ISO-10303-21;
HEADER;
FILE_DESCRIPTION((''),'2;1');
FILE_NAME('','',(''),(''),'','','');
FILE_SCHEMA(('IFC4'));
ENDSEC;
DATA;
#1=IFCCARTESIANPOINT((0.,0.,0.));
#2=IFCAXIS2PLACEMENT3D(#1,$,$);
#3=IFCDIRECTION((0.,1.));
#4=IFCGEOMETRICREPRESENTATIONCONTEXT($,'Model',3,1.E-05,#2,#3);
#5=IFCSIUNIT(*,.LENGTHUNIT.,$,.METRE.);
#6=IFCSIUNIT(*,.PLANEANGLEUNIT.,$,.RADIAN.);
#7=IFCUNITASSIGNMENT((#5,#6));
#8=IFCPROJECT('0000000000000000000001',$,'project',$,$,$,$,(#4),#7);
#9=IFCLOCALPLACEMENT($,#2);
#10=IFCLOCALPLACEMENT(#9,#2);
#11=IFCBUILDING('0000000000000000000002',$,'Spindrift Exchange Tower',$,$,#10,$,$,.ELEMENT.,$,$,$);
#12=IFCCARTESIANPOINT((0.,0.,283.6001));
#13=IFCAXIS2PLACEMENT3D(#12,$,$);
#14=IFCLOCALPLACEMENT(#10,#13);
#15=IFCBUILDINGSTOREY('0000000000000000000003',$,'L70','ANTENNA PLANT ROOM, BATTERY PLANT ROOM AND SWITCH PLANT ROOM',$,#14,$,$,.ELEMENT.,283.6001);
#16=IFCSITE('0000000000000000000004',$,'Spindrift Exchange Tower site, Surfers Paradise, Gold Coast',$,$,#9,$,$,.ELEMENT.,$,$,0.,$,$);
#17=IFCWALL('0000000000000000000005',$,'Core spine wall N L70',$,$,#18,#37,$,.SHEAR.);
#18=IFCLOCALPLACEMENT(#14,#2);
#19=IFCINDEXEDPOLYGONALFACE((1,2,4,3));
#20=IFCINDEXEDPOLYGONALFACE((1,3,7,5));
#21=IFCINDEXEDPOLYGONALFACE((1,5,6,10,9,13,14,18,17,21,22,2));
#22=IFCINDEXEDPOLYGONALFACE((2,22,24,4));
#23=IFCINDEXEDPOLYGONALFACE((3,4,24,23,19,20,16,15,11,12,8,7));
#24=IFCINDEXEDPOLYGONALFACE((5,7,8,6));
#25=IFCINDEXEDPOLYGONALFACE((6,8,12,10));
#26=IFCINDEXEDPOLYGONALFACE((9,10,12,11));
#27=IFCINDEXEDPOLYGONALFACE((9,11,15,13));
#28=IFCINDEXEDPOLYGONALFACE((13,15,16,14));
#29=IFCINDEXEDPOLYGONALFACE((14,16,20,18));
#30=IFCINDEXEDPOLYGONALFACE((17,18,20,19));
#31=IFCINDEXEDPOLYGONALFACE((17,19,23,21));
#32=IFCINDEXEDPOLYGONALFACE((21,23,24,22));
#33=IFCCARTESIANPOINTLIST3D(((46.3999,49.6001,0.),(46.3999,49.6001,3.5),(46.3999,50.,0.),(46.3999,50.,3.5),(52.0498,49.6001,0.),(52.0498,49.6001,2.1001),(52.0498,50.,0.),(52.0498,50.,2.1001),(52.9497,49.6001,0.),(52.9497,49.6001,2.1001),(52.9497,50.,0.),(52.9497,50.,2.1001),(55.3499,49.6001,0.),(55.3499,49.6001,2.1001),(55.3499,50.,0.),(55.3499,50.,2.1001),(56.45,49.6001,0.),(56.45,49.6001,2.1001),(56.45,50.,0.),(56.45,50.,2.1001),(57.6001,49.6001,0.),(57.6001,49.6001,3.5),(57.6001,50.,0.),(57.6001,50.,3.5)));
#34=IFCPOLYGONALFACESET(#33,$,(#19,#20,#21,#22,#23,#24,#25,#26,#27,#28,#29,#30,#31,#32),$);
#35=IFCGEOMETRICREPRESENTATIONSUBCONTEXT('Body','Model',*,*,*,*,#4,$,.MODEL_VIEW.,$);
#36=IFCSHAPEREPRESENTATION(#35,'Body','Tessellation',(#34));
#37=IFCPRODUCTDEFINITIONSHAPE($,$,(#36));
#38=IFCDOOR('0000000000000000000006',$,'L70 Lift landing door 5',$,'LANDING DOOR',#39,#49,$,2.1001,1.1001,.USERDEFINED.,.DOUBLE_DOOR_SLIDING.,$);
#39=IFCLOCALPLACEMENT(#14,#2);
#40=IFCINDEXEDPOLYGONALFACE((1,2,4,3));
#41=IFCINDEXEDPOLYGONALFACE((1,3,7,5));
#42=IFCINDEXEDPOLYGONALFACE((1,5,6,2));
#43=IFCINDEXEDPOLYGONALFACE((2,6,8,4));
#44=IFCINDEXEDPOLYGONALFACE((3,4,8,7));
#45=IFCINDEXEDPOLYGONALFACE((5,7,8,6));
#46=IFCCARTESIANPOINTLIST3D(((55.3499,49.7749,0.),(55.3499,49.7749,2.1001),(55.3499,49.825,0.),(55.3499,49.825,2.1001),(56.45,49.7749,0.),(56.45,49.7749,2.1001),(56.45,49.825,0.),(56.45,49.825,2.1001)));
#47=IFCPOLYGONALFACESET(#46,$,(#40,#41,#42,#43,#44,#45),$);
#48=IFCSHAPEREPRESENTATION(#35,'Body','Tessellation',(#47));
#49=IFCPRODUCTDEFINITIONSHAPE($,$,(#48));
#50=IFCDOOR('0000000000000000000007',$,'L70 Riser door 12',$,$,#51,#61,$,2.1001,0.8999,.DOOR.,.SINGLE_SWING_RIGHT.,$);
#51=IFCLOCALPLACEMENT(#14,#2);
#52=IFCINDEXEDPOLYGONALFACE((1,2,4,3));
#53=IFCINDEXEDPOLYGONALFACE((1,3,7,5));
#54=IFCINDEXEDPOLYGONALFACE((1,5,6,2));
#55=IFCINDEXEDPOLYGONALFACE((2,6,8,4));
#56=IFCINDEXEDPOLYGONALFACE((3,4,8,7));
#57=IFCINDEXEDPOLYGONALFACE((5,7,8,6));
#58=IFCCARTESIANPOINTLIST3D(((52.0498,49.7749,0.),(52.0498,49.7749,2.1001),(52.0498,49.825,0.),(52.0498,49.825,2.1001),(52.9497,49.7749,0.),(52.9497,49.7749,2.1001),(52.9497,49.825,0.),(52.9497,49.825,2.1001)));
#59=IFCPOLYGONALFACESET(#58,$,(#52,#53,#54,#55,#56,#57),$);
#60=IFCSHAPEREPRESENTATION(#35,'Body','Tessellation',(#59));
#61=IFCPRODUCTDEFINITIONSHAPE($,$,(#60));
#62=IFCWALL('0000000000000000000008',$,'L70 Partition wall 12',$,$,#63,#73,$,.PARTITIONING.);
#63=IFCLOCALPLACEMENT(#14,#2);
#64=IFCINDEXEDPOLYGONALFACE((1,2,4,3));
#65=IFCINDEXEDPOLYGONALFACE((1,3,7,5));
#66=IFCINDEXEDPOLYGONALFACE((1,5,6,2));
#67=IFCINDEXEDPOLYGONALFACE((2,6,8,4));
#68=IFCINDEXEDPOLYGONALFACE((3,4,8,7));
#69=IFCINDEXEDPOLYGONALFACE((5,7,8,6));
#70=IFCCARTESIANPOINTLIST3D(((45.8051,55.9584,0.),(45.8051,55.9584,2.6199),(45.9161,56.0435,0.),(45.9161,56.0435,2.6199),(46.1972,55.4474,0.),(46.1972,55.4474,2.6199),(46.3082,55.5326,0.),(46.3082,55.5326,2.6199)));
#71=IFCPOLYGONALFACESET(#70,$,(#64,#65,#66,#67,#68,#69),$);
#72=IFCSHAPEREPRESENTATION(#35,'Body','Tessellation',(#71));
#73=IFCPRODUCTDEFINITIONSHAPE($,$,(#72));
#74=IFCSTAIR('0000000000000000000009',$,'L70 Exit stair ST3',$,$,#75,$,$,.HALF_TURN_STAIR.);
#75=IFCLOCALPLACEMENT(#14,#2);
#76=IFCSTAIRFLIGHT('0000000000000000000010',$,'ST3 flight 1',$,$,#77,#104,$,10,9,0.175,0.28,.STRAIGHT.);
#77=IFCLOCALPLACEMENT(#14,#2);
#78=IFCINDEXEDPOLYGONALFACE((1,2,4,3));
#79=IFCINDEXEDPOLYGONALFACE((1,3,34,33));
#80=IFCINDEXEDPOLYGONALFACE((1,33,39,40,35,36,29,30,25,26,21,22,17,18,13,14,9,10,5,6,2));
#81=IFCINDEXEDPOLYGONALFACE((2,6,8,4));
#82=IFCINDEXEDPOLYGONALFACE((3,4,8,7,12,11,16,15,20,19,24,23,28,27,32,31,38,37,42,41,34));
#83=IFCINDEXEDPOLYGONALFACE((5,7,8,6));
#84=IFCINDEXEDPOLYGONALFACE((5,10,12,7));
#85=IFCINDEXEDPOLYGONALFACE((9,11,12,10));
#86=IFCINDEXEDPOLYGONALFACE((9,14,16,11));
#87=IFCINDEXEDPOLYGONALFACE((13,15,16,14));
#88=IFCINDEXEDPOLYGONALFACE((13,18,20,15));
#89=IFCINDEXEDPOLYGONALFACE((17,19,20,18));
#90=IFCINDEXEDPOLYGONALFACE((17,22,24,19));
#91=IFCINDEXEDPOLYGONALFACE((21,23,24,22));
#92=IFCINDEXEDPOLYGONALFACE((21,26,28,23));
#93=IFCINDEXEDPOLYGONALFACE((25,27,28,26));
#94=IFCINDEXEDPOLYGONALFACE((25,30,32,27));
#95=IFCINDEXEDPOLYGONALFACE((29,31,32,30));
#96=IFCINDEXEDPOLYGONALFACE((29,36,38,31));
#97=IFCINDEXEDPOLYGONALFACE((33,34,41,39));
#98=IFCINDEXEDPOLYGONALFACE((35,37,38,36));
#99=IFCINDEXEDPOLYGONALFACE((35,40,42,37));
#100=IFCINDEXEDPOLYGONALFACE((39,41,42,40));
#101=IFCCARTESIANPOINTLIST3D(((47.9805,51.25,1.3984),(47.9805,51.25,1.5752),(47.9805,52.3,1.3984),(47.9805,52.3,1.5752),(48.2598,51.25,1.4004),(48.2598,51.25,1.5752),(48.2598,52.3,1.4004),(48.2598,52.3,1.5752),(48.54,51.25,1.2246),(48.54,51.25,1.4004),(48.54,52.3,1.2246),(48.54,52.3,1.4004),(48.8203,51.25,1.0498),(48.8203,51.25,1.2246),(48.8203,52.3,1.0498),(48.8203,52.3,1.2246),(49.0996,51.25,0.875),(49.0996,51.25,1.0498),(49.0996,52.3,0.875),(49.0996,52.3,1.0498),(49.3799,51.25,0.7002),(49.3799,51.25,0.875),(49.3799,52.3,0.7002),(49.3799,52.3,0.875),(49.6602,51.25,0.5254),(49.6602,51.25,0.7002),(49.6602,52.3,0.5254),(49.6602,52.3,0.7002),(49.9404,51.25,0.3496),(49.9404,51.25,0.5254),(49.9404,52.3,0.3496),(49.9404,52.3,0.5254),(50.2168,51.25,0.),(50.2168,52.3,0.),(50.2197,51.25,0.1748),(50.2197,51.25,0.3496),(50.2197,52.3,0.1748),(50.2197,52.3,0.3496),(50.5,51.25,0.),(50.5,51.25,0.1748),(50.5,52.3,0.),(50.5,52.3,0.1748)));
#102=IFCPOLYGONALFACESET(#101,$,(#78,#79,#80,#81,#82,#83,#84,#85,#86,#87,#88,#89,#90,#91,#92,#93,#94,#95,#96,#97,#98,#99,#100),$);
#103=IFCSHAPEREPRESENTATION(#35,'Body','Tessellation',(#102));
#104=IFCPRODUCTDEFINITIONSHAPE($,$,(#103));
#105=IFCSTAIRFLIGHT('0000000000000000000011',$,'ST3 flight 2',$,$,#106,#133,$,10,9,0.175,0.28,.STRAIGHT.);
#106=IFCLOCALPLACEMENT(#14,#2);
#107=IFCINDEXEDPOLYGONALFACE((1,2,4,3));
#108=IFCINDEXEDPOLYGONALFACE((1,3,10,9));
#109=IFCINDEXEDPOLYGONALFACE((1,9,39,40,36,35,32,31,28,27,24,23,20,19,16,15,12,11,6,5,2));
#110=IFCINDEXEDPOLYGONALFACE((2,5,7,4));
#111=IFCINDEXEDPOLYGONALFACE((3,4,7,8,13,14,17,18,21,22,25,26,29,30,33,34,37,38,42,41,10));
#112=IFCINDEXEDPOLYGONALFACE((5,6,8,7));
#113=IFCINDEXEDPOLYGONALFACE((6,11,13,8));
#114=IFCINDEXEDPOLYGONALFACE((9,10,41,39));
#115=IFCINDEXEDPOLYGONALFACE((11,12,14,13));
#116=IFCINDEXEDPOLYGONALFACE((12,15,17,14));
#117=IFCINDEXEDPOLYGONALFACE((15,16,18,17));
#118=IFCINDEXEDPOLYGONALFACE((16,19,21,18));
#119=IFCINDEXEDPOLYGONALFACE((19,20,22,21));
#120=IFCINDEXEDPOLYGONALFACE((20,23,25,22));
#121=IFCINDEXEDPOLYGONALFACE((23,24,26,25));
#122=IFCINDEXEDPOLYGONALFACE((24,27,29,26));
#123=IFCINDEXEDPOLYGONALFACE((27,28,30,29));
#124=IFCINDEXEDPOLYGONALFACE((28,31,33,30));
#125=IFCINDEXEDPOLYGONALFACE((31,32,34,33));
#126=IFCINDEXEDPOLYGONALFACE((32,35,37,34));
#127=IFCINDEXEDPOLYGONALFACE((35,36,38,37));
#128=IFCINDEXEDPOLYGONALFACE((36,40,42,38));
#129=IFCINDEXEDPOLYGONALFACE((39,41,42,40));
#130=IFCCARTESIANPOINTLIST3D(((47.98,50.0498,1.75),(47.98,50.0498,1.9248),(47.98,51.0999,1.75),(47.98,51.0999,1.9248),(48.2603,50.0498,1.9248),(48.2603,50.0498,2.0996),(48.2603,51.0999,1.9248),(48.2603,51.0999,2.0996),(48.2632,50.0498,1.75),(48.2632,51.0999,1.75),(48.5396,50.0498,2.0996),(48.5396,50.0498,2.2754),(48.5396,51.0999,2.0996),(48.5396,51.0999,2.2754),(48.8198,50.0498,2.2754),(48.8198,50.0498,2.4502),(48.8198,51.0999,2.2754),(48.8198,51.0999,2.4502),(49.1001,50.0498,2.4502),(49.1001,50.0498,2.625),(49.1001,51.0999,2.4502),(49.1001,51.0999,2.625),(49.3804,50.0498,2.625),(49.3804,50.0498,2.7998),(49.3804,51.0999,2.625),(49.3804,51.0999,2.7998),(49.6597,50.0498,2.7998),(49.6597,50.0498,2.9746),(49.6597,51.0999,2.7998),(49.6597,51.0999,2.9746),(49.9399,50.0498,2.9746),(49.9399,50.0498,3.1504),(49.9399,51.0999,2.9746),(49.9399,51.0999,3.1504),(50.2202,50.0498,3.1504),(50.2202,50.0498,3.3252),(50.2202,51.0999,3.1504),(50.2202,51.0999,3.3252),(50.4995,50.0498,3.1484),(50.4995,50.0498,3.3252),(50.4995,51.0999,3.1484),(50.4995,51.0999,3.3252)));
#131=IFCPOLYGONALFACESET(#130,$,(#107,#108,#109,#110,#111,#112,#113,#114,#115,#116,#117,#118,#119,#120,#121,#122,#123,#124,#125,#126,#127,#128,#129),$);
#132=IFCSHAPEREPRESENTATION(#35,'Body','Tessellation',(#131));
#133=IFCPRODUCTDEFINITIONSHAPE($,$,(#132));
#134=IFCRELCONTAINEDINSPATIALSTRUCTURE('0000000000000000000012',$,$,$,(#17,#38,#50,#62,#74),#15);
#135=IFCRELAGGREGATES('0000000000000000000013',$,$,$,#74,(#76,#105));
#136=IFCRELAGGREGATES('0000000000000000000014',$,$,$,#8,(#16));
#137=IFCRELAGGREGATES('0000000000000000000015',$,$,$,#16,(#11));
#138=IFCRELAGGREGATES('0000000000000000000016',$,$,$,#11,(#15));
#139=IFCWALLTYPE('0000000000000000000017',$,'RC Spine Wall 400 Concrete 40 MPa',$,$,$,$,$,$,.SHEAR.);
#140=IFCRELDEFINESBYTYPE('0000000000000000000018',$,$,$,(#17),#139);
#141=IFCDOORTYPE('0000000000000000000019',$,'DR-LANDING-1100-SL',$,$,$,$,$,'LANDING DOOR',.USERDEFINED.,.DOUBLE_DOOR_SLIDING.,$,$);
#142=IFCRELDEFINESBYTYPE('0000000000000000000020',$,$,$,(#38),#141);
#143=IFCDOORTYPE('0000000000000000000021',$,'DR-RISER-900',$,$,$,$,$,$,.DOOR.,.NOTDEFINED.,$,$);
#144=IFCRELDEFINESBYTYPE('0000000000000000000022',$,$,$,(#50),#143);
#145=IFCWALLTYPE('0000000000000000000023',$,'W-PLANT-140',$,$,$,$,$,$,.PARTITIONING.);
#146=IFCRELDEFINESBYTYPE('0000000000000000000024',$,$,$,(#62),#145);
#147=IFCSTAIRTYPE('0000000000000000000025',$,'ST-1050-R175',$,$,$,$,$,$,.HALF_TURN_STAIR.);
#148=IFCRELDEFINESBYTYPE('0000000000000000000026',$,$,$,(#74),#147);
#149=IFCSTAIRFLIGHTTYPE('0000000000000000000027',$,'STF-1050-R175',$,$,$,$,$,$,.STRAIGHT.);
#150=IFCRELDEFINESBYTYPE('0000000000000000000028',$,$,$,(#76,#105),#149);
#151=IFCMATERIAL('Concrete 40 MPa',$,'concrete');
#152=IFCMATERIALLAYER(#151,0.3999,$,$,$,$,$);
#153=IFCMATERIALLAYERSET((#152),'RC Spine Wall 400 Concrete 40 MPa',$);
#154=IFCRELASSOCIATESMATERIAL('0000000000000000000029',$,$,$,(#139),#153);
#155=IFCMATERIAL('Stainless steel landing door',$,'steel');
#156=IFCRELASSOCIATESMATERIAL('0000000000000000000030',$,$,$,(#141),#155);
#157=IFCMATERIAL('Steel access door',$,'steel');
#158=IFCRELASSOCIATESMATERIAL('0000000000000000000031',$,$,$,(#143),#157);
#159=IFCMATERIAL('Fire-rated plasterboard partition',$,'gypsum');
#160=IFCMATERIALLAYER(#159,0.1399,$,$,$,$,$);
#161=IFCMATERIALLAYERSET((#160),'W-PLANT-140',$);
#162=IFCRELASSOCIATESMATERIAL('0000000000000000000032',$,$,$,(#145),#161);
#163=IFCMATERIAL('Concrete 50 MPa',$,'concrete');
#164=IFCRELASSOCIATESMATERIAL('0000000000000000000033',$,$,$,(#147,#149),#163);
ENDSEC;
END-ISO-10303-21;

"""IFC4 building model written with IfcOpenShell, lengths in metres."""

from ifc_helpers import new_model, si_unit, direction, frame, frame_2d, origin, place, context, subcontext, project, spatial, line, indexed_curve, rectangle, outline, extrude, source, transform, mapped, material, layer, layer_set, type_object, element, fill, aggregate, save


model = new_model("IFC4")

# Units and contexts
model_context = context("Model", 3, precision=1e-05, world=origin(), true_north=direction((0.0, 1.0)))
body_context = subcontext(model_context, "Body", "Model", "MODEL_VIEW")
ifc_project = project(units=[si_unit("LENGTHUNIT", "METRE"), si_unit("PLANEANGLEUNIT", "RADIAN")], contexts=[model_context])

# Site, building, storey
site_placement = place(None, origin())
site = spatial("IfcSite", under=ifc_project, at=site_placement, Name="Spindrift Exchange Tower site, Surfers Paradise, Gold Coast", CompositionType="ELEMENT", RefElevation=0.0)
building_placement = place(site_placement, origin())
building = spatial("IfcBuilding", under=site, at=building_placement, Name="Spindrift Exchange Tower", CompositionType="ELEMENT")
storey_placement = place(building_placement, frame((0.0, 0.0, 283.6001)))
storey = spatial("IfcBuildingStorey", under=building, at=storey_placement, Name="L70", Description="ANTENNA PLANT ROOM, BATTERY PLANT ROOM AND SWITCH PLANT ROOM", CompositionType="ELEMENT", Elevation=283.6001)

# Shared definitions
ifc_material_1 = material(Name="Concrete 40 MPa", Category="concrete")

# Wall, openings, doors
ifc_layer_1 = layer(ifc_material_1, 0.3999)
ifc_layer_set_1 = layer_set([ifc_layer_1], Name="RC Spine Wall 400 Concrete 40 MPa")
wall_type_1 = type_object("IfcWallType", Name="RC Spine Wall 400 Concrete 40 MPa", PredefinedType="SHEAR", material=ifc_layer_set_1)
wall_1_placement = place(storey_placement, frame((46.3999, 49.8, 0.0), z_axis=(0.0, 0.0, 1.0), x_axis=(1.0, 0.0, 0.0)))
wall_1 = element("IfcWall", 1, at=wall_1_placement, inside=storey, type_object=wall_type_1, Name="Core spine wall N L70", PredefinedType="SHEAR", context=body_context, shape_type="SweptSolid", body=[
    extrude(rectangle(XDim=11.2002, YDim=0.3999, at=frame_2d((5.6001, 0.0))), origin(), (0.0, 0.0, 1.0), 3.5),
])
opening_1_placement = place(wall_1_placement, frame((8.95, 0.0, 0.0)))
opening_1 = element("IfcOpeningElement", 2, at=opening_1_placement, cuts=wall_1, PredefinedType="OPENING", context=body_context, shape_type="SweptSolid", body=[
    extrude(rectangle(XDim=1.1001, YDim=2.1001, at=frame_2d((0.55, 1.05))), frame((0.0, 0.21, 0.0), z_axis=(0.0, -1.0, 0.0), x_axis=(1.0, 0.0, 0.0)), (0.0, 0.0, 1.0), 0.4199),
])
opening_2_placement = place(wall_1_placement, frame((5.6499, 0.0, 0.0)))
opening_2 = element("IfcOpeningElement", 3, at=opening_2_placement, cuts=wall_1, PredefinedType="OPENING", context=body_context, shape_type="SweptSolid", body=[
    extrude(rectangle(XDim=0.8999, YDim=2.1001, at=frame_2d((0.45, 1.05))), frame((0.0, 0.21, 0.0), z_axis=(0.0, -1.0, 0.0), x_axis=(1.0, 0.0, 0.0)), (0.0, 0.0, 1.0), 0.4199),
])
ifc_material_2 = material(Name="Stainless steel landing door", Category="steel")
door_type_1 = type_object("IfcDoorType", Name="DR-LANDING-1100-SL", ElementType="LANDING DOOR", OperationType="DOUBLE_DOOR_SLIDING", PredefinedType="USERDEFINED", material=ifc_material_2)
shared_shape_1 = source(origin(), body_context, "Body", "SweptSolid", [
    extrude(rectangle(XDim=1.1001, YDim=2.1001, at=frame_2d((0.55, 1.05))), frame((0.0, 0.0249, 0.0), z_axis=(0.0, -1.0, 0.0), x_axis=(1.0, 0.0, 0.0)), (0.0, 0.0, 1.0), 0.05),
])
door_1_placement = place(opening_1_placement, origin())
door_1 = element("IfcDoor", 4, at=door_1_placement, inside=storey, type_object=door_type_1, Name="L70 Lift landing door 5", ObjectType="LANDING DOOR", OperationType="DOUBLE_DOOR_SLIDING", OverallHeight=2.1001, OverallWidth=1.1001, PredefinedType="USERDEFINED", context=body_context, shape_type="MappedRepresentation", body=[
    mapped(shared_shape_1, transform((0.0, 0.0, 0.0), scale=1.0)),
])
fill(opening_1, door_1)
ifc_material_3 = material(Name="Steel access door", Category="steel")
door_type_2 = type_object("IfcDoorType", Name="DR-RISER-900", OperationType="NOTDEFINED", PredefinedType="DOOR", material=ifc_material_3)
shared_shape_2 = source(origin(), body_context, "Body", "SweptSolid", [
    extrude(rectangle(XDim=0.8999, YDim=2.1001, at=frame_2d((0.45, 1.05))), frame((0.0, 0.0249, 0.0), z_axis=(0.0, -1.0, 0.0), x_axis=(1.0, 0.0, 0.0)), (0.0, 0.0, 1.0), 0.05),
])
door_2_placement = place(opening_2_placement, origin())
door_2 = element("IfcDoor", 5, at=door_2_placement, inside=storey, type_object=door_type_2, Name="L70 Riser door 12", OperationType="SINGLE_SWING_RIGHT", OverallHeight=2.1001, OverallWidth=0.8999, PredefinedType="DOOR", context=body_context, shape_type="MappedRepresentation", body=[
    mapped(shared_shape_2, transform((0.0, 0.0, 0.0), scale=1.0)),
])
fill(opening_2, door_2)

# Wall
ifc_material_4 = material(Name="Fire-rated plasterboard partition", Category="gypsum")
ifc_layer_2 = layer(ifc_material_4, 0.1399)
ifc_layer_set_2 = layer_set([ifc_layer_2], Name="W-PLANT-140")
wall_type_2 = type_object("IfcWallType", Name="W-PLANT-140", PredefinedType="PARTITIONING", material=ifc_layer_set_2)
wall_2_placement = place(storey_placement, frame((46.2527, 55.49, 0.0), z_axis=(0.0, 0.0, 1.0), x_axis=(-0.608758, 0.793356, 0.0)))
element("IfcWall", 6, at=wall_2_placement, inside=storey, type_object=wall_type_2, Name="L70 Partition wall 12", PredefinedType="PARTITIONING", context=body_context, shape_type="SweptSolid", body=[
    extrude(rectangle(XDim=0.644, YDim=0.1399, at=frame_2d((0.322, 0.0))), origin(), (0.0, 0.0, 1.0), 2.6199),
])

# Stair, stair flights
ifc_material_5 = material(Name="Concrete 50 MPa", Category="concrete")
stair_type = type_object("IfcStairType", Name="ST-1050-R175", PredefinedType="HALF_TURN_STAIR", material=ifc_material_5)
stair_placement = place(storey_placement, origin())
stair = element("IfcStair", 7, at=stair_placement, inside=storey, type_object=stair_type, Name="L70 Exit stair ST3", PredefinedType="HALF_TURN_STAIR")
stair_flight_type = type_object("IfcStairFlightType", Name="STF-1050-R175", PredefinedType="STRAIGHT", material=ifc_material_5)
stair_flight_1_placement = place(storey_placement, frame((50.5, 51.7749, 0.0), z_axis=(0.0, 0.0, 1.0), x_axis=(-1.0, 0.0, 0.0)))
stair_flight_1 = element("IfcStairFlight", 8, at=stair_flight_1_placement, type_object=stair_flight_type, Name="ST3 flight 1", NumberOfRisers=10, NumberOfTreads=9, PredefinedType="STRAIGHT", RiserHeight=0.175, TreadLength=0.28, context=body_context, shape_type="SweptSolid", body=[
    extrude(outline(indexed_curve([(0.0, 0.0), (0.0, 0.1748), (0.2803, 0.1748), (0.2803, 0.3496), (0.5596, 0.3496), (0.5596, 0.5254), (0.8398, 0.5254), (0.8398, 0.7002), (1.1201, 0.7002), (1.1201, 0.875), (1.4004, 0.875), (1.4004, 1.0498), (1.6797, 1.0498), (1.6797, 1.2246), (1.96, 1.2246), (1.96, 1.4004), (2.2402, 1.4004), (2.2402, 1.5752), (2.5195, 1.5752), (2.5195, 1.75), (2.5195, 1.3984), (0.2832, 0.0)], segments=[line(1, 2, 3, 4, 5, 6, 7, 8, 9, 10, 11, 12, 13, 14, 15, 16, 17, 18, 19, 20, 21, 22, 1)], self_intersect=False)), frame((0.0, 0.5249, 0.0), z_axis=(0.0, -1.0, 0.0), x_axis=(1.0, 0.0, 0.0)), (0.0, 0.0, 1.0), 1.05),
])
stair_flight_2_placement = place(storey_placement, frame((47.98, 50.575, 1.75), z_axis=(0.0, 0.0, 1.0), x_axis=(1.0, 0.0, 0.0)))
stair_flight_2 = element("IfcStairFlight", 9, at=stair_flight_2_placement, type_object=stair_flight_type, Name="ST3 flight 2", NumberOfRisers=10, NumberOfTreads=9, PredefinedType="STRAIGHT", RiserHeight=0.175, TreadLength=0.28, context=body_context, shape_type="SweptSolid", body=[
    extrude(outline(indexed_curve([(0.0, 0.0), (0.0, 0.1748), (0.2803, 0.1748), (0.2803, 0.3496), (0.5596, 0.3496), (0.5596, 0.5254), (0.8398, 0.5254), (0.8398, 0.7002), (1.1201, 0.7002), (1.1201, 0.875), (1.4004, 0.875), (1.4004, 1.0498), (1.6797, 1.0498), (1.6797, 1.2246), (1.96, 1.2246), (1.96, 1.4004), (2.2402, 1.4004), (2.2402, 1.5752), (2.5195, 1.5752), (2.5195, 1.75), (2.5195, 1.3984), (0.2832, 0.0)], segments=[line(1, 2, 3, 4, 5, 6, 7, 8, 9, 10, 11, 12, 13, 14, 15, 16, 17, 18, 19, 20, 21, 22, 1)], self_intersect=False)), frame((0.0, 0.5249, 0.0), z_axis=(0.0, -1.0, 0.0), x_axis=(1.0, 0.0, 0.0)), (0.0, 0.0, 1.0), 1.05),
])
aggregate(stair, [stair_flight_1, stair_flight_2])

save(model, "model.ifc")
